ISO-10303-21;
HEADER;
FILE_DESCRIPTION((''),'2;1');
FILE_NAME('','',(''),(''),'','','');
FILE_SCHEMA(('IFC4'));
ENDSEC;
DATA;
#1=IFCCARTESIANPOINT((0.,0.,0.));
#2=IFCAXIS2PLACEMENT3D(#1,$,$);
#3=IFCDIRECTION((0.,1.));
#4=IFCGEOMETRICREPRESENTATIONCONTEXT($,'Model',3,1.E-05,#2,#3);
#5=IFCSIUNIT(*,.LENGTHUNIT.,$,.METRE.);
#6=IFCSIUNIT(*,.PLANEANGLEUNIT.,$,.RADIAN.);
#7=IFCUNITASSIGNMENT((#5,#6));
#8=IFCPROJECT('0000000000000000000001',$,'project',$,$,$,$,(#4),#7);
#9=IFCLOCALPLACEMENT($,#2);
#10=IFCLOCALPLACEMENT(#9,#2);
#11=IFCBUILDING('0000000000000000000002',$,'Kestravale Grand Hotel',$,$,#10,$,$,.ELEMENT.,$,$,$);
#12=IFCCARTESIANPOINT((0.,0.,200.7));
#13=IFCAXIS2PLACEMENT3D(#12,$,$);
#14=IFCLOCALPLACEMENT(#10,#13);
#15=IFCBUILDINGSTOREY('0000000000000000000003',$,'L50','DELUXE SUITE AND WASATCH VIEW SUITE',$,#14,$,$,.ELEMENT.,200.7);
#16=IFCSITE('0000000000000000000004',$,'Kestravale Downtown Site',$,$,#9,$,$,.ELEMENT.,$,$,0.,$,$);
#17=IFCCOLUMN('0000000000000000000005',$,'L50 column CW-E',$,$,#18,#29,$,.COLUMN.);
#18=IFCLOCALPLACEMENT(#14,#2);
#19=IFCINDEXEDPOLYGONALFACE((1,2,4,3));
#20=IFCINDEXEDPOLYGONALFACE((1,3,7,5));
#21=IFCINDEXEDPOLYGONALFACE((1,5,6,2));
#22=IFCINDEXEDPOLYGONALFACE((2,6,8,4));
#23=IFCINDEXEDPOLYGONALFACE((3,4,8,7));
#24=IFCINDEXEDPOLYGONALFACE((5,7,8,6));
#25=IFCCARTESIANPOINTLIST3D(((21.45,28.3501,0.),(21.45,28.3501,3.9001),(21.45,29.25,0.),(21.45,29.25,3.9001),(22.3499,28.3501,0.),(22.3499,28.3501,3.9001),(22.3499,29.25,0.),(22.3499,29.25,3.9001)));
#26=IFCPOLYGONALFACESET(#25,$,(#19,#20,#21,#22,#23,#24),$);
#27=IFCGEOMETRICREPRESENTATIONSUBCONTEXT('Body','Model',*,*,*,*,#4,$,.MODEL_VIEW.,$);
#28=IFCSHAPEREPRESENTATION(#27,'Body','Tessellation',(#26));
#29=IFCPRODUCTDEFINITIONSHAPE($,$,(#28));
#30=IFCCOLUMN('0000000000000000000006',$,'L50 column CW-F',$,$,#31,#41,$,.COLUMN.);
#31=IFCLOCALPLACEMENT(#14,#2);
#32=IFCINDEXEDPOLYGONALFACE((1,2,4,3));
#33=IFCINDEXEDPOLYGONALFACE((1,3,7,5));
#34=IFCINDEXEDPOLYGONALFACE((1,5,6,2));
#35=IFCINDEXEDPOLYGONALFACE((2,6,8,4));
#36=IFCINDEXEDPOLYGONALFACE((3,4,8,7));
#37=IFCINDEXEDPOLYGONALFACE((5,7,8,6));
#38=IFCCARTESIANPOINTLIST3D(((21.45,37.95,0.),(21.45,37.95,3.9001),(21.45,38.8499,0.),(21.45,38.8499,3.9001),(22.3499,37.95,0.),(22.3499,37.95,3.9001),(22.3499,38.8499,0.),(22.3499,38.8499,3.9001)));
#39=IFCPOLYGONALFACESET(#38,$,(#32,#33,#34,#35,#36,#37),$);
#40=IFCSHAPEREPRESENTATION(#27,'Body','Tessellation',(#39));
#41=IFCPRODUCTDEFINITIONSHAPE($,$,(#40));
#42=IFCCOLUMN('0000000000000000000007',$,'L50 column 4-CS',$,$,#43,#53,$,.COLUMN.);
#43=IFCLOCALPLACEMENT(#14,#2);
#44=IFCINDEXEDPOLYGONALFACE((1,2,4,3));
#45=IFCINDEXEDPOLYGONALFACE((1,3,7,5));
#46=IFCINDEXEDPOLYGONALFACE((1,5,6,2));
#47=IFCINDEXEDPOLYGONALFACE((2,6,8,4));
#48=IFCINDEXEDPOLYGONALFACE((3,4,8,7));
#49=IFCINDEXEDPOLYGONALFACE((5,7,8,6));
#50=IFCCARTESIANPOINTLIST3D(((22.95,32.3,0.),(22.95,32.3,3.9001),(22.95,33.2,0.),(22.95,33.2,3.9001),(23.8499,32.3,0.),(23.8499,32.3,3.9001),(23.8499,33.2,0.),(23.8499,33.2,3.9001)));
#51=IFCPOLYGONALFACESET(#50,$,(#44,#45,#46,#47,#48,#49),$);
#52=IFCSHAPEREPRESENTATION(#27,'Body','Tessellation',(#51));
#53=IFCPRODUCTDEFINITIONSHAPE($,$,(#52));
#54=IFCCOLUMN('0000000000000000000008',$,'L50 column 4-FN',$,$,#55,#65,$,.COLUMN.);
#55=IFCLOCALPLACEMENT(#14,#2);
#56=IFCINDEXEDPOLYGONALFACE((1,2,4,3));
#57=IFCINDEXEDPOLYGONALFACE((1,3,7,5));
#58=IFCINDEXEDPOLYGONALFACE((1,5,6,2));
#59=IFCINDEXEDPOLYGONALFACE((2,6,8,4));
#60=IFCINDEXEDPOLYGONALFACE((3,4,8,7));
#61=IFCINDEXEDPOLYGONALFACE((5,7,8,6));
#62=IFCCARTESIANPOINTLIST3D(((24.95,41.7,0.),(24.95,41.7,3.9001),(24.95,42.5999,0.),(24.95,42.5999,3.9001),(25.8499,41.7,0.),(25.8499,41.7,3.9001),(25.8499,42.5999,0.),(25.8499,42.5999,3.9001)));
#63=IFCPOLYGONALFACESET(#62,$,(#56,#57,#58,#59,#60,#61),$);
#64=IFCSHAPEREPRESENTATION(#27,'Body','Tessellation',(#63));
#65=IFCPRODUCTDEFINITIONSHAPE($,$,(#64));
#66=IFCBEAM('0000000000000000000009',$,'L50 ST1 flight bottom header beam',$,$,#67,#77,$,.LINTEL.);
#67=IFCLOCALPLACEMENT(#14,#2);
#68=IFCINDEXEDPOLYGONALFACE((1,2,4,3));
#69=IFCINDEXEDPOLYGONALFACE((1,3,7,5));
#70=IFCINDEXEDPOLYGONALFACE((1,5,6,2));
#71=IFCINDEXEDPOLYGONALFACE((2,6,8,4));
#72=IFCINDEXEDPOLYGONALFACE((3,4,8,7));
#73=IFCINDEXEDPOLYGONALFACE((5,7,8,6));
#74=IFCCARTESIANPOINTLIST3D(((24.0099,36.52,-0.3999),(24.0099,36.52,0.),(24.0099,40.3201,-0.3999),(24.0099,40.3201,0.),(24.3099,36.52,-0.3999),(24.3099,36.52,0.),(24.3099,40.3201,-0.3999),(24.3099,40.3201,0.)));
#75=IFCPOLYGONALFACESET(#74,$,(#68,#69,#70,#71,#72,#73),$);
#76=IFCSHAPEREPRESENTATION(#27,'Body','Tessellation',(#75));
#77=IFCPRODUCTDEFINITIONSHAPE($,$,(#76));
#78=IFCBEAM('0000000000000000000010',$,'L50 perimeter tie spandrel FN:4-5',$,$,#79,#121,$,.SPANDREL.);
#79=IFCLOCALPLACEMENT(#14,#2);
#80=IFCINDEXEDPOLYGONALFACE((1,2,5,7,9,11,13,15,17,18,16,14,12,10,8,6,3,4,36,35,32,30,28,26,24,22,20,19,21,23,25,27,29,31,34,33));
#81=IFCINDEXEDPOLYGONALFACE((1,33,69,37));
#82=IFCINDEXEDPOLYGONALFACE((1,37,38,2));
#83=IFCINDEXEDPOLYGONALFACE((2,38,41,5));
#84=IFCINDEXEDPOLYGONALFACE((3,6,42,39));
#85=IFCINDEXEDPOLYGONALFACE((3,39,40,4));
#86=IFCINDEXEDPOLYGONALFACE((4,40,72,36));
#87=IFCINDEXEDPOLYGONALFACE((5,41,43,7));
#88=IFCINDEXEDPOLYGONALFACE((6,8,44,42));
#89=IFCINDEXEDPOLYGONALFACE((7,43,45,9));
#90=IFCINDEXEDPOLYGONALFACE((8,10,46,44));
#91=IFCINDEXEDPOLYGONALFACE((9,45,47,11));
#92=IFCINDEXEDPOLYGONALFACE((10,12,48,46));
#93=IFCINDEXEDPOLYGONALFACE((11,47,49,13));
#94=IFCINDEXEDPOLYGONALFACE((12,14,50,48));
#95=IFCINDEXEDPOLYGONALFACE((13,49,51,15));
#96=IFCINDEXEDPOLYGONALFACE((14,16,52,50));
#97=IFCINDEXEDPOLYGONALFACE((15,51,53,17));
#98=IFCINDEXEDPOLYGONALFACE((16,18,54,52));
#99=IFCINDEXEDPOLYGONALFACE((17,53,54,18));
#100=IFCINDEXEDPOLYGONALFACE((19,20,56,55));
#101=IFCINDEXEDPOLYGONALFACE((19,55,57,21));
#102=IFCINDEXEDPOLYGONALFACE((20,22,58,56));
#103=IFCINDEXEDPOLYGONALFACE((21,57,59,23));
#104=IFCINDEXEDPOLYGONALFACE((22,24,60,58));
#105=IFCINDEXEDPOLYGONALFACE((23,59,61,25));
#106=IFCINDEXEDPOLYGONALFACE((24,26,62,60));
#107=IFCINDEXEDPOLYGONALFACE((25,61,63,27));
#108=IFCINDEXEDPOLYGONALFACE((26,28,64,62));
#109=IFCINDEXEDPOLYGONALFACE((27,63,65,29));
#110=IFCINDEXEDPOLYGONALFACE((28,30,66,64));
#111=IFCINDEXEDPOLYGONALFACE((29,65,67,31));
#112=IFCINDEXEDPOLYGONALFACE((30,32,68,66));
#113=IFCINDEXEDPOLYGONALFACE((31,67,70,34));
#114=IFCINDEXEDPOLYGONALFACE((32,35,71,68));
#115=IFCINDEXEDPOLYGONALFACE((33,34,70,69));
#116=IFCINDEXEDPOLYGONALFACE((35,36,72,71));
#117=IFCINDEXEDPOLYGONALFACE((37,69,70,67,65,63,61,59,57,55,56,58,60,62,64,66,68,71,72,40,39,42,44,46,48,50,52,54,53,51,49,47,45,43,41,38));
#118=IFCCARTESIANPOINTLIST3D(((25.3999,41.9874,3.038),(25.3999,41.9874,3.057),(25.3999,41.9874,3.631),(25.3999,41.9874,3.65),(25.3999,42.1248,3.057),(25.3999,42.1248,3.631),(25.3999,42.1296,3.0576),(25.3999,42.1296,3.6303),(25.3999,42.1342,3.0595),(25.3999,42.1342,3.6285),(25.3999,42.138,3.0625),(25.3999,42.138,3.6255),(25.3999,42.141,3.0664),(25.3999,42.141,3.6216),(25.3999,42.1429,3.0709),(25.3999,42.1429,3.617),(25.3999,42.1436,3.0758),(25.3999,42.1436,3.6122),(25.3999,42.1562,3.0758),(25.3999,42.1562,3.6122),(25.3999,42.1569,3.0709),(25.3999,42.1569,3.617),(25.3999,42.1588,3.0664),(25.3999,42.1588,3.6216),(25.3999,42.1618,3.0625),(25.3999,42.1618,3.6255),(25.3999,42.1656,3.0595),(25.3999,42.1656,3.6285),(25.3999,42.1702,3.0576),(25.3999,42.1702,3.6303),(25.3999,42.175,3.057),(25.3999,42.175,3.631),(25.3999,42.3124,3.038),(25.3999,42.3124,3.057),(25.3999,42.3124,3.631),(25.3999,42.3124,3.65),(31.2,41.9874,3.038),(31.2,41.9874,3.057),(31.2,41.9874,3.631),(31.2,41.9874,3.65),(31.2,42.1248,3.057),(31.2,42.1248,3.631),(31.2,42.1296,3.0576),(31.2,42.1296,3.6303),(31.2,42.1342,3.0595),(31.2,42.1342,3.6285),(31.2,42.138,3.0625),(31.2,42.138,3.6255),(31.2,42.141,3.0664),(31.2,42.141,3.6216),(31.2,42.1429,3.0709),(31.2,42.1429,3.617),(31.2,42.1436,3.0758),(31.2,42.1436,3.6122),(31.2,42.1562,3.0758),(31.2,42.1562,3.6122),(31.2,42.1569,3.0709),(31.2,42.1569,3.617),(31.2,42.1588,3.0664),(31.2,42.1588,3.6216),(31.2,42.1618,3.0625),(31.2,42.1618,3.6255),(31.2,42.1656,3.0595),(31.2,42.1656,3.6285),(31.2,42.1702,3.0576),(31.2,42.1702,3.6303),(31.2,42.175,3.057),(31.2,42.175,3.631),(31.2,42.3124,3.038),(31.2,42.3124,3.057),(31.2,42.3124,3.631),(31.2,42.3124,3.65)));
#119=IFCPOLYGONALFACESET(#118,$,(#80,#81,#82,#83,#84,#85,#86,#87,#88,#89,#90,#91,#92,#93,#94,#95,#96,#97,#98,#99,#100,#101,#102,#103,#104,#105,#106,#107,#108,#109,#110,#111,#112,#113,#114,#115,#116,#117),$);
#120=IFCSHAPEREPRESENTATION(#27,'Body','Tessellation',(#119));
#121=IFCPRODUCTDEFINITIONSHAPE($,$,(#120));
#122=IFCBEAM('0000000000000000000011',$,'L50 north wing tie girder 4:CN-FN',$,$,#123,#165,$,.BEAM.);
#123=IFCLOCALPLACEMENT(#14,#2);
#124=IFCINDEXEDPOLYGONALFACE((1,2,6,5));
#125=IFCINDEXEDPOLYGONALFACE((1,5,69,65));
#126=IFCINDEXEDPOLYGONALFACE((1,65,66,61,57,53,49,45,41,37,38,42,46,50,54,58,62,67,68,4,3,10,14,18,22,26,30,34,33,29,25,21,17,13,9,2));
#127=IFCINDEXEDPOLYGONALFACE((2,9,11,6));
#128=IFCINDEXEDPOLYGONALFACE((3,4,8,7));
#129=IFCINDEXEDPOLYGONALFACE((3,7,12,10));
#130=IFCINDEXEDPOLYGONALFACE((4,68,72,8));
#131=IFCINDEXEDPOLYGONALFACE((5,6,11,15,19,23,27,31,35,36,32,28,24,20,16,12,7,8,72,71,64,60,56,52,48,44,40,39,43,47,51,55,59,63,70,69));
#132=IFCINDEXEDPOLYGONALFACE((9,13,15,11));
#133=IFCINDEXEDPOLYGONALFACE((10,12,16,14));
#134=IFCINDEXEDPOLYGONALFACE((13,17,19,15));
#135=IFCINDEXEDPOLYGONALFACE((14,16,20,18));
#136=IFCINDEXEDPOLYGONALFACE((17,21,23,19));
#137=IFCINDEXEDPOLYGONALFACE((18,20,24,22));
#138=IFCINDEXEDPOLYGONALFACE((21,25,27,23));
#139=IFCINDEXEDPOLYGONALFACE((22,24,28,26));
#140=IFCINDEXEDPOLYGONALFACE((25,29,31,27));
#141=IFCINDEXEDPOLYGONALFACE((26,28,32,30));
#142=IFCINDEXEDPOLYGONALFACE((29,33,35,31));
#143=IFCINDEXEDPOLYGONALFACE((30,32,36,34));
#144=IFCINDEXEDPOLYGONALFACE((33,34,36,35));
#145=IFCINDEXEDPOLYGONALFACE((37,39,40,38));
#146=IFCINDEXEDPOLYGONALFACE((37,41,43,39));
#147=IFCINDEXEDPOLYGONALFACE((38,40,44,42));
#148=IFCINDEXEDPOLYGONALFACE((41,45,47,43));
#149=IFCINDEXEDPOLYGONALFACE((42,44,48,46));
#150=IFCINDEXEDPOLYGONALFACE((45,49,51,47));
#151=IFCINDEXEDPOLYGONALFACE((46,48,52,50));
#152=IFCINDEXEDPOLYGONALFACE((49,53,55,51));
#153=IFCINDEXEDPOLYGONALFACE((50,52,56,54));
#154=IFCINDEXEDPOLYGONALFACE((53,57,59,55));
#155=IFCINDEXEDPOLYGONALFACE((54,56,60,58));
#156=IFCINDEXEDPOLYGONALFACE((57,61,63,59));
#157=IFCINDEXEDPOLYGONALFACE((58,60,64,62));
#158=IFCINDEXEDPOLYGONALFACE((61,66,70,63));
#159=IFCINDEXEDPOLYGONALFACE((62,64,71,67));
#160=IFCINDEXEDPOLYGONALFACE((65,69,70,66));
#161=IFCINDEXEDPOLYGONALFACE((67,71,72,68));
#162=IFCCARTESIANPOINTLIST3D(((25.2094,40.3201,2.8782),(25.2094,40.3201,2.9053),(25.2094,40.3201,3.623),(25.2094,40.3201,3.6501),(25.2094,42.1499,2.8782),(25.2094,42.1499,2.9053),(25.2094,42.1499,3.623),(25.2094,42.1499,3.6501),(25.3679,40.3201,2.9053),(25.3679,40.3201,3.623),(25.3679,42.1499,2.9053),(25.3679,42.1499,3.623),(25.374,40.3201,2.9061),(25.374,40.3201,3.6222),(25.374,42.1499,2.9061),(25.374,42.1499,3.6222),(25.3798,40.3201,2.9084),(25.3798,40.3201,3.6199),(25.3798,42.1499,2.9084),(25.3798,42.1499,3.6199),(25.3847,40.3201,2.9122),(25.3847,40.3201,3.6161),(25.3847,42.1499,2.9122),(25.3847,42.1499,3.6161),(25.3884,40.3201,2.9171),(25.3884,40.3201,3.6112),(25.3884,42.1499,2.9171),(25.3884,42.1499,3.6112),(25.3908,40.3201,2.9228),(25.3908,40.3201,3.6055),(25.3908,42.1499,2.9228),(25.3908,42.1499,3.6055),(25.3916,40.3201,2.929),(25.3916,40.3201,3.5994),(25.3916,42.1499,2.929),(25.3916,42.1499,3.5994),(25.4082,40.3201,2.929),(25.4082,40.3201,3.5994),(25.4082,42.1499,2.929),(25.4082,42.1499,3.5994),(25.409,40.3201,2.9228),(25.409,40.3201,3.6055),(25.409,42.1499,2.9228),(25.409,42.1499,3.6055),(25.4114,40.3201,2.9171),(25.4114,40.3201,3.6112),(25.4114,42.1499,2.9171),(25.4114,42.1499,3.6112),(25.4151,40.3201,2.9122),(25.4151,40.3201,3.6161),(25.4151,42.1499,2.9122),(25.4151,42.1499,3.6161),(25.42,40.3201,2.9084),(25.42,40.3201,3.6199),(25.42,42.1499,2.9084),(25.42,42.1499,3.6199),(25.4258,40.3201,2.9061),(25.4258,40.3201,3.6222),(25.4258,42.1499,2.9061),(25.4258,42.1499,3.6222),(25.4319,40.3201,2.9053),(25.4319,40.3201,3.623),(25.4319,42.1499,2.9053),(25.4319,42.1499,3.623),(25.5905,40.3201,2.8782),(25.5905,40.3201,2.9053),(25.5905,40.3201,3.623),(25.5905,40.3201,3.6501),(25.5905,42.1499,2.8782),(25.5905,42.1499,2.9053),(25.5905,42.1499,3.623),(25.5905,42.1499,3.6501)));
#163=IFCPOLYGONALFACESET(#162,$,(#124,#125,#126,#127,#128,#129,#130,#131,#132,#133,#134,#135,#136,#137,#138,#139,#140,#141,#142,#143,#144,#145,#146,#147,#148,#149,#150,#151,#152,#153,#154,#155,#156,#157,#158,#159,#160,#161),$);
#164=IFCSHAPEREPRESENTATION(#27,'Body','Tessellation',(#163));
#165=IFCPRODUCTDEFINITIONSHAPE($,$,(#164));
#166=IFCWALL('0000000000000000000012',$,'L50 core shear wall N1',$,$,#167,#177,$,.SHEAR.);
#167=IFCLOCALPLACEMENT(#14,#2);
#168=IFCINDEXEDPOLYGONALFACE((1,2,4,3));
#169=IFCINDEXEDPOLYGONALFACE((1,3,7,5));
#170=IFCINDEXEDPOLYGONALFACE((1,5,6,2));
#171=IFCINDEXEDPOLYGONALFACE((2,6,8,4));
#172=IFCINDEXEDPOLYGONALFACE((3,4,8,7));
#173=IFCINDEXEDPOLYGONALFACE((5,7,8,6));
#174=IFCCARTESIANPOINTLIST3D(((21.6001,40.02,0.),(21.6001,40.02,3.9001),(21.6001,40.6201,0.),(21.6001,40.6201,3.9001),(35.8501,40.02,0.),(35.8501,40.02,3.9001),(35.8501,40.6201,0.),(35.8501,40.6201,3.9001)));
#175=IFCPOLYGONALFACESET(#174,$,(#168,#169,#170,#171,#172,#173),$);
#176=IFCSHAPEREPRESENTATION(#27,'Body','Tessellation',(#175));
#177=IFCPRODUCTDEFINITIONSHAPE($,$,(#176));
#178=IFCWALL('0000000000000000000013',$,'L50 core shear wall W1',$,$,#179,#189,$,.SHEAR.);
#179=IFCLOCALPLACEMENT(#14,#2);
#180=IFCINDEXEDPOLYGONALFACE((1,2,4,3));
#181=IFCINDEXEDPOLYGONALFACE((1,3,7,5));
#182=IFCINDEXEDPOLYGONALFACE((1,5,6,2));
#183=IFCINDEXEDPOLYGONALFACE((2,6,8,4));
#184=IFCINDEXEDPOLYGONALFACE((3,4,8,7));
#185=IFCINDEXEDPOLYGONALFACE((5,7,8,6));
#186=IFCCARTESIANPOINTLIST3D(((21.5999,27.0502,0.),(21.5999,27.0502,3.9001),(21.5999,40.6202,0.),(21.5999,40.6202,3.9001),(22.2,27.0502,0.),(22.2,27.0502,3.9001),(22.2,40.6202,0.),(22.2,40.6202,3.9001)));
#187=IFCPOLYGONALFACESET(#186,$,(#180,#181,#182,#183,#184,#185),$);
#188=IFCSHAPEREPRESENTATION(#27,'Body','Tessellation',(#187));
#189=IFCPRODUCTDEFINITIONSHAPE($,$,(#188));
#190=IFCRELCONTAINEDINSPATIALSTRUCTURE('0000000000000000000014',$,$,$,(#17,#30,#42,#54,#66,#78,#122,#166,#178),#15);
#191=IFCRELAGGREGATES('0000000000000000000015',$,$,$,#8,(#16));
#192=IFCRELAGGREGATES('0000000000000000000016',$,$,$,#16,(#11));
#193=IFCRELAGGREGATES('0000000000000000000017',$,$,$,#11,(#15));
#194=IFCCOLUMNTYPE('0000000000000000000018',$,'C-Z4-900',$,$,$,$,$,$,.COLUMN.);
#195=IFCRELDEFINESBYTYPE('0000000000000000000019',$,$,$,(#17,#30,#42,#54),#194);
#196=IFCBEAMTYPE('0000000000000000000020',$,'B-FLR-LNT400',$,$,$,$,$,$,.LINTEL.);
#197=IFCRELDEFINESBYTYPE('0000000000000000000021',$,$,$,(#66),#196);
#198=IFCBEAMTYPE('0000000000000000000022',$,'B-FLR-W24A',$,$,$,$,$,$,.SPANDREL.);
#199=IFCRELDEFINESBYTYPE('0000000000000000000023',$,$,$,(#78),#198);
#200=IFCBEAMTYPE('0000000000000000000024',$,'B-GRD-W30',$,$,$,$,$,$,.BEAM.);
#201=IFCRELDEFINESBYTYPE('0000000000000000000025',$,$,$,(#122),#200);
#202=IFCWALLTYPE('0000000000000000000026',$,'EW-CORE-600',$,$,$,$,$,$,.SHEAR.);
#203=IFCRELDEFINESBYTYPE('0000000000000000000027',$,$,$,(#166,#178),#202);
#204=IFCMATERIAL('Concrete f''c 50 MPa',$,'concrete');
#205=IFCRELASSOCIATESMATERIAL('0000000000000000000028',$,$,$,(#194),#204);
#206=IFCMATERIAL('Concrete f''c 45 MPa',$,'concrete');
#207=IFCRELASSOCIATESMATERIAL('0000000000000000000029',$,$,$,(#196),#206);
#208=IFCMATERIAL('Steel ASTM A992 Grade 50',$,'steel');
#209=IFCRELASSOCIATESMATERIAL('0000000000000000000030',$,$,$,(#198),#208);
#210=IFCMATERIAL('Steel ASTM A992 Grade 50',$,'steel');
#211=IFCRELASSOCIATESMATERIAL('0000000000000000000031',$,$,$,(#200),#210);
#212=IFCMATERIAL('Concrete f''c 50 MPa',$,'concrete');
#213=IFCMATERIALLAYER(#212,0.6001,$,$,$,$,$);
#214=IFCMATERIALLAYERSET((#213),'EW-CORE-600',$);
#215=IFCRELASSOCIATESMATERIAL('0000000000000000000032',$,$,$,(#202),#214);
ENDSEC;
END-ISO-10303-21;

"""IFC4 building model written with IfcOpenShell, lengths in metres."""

from ifc_helpers import new_model, si_unit, direction, frame, frame_2d, origin, origin_2d, place, context, subcontext, project, spatial, rectangle, i_section, extrude, material, layer, layer_set, material_profile, profile_set, type_object, element, save


model = new_model("IFC4")

# Units and contexts
model_context = context("Model", 3, precision=1e-05, world=origin(), true_north=direction((0.0, 1.0)))
body_context = subcontext(model_context, "Body", "Model", "MODEL_VIEW")
ifc_project = project(units=[si_unit("LENGTHUNIT", "METRE"), si_unit("PLANEANGLEUNIT", "RADIAN")], contexts=[model_context])

# Site, building, storey
site_placement = place(None, origin())
site = spatial("IfcSite", under=ifc_project, at=site_placement, Name="Kestravale Downtown Site", CompositionType="ELEMENT", RefElevation=0.0)
building_placement = place(site_placement, origin())
building = spatial("IfcBuilding", under=site, at=building_placement, Name="Kestravale Grand Hotel", CompositionType="ELEMENT")
storey_placement = place(building_placement, frame((0.0, 0.0, 200.7)))
storey = spatial("IfcBuildingStorey", under=building, at=storey_placement, Name="L50", Description="DELUXE SUITE AND WASATCH VIEW SUITE", CompositionType="ELEMENT", Elevation=200.7)

# Columns
ifc_material_1 = material(Name="Concrete f'c 50 MPa", Category="concrete")
ifc_material_profile_1 = material_profile(ifc_material_1, rectangle(XDim=0.8999, YDim=0.8999, at=origin_2d()))
ifc_profile_set_1 = profile_set([ifc_material_profile_1], Name="Concrete f'c 50 MPa")
column_type = type_object("IfcColumnType", Name="C-Z4-900", PredefinedType="COLUMN", material=ifc_profile_set_1)
for number, where, z_axis, x_axis, name in (
    (1, (21.8999, 28.8, 0.0), (0.0, 0.0, 1.0), (1.0, 0.0, 0.0), "L50 column CW-E"),
    (2, (21.8999, 38.3999, 0.0), (0.0, 0.0, 1.0), (1.0, 0.0, 0.0), "L50 column CW-F"),
    (3, (23.3999, 32.75, 0.0), (0.0, 0.0, 1.0), (1.0, 0.0, 0.0), "L50 column 4-CS"),
    (4, (25.3999, 42.1499, 0.0), (0.0, 0.0, 1.0), (1.0, 0.0, 0.0), "L50 column 4-FN"),
):
    element("IfcColumn", number, at=place(storey_placement, frame(where, z_axis=z_axis, x_axis=x_axis)), inside=storey, type_object=column_type, Name=name, PredefinedType="COLUMN", context=body_context, shape_type="SweptSolid", body=[
        extrude(rectangle(XDim=0.8999, YDim=0.8999, at=origin_2d()), origin(), (0.0, 0.0, 1.0), 3.9001),
    ])

# Beams
ifc_material_2 = material(Name="Concrete f'c 45 MPa", Category="concrete")
ifc_material_profile_2 = material_profile(ifc_material_2, rectangle(XDim=0.3, YDim=0.3999, at=origin_2d()))
ifc_profile_set_2 = profile_set([ifc_material_profile_2], Name="Concrete f'c 45 MPa")
beam_type_1 = type_object("IfcBeamType", Name="B-FLR-LNT400", PredefinedType="LINTEL", material=ifc_profile_set_2)
beam_1_placement = place(storey_placement, frame((24.1599, 36.52, -0.2), z_axis=(0.0, 1.0, 0.0), x_axis=(-1.0, 0.0, 0.0)))
element("IfcBeam", 5, at=beam_1_placement, inside=storey, type_object=beam_type_1, Name="L50 ST1 flight bottom header beam", PredefinedType="LINTEL", context=body_context, shape_type="SweptSolid", body=[
    extrude(rectangle(XDim=0.3, YDim=0.3999, at=origin_2d()), origin(), (0.0, 0.0, 1.0), 3.8),
])
ifc_material_3 = material(Name="Steel ASTM A992 Grade 50", Category="steel")
ifc_material_profile_3 = material_profile(ifc_material_3, i_section(OverallWidth=0.325, OverallDepth=0.6121, WebThickness=0.0127, FlangeThickness=0.019, FilletRadius=0.0188, at=origin_2d()))
ifc_profile_set_3 = profile_set([ifc_material_profile_3], Name="Steel ASTM A992 Grade 50")
beam_type_2 = type_object("IfcBeamType", Name="B-FLR-W24A", PredefinedType="SPANDREL", material=ifc_profile_set_3)
beam_2_placement = place(storey_placement, frame((25.3999, 42.1499, 3.344), z_axis=(1.0, 0.0, 0.0), x_axis=(0.0, 1.0, 0.0)))
element("IfcBeam", 6, at=beam_2_placement, inside=storey, type_object=beam_type_2, Name="L50 perimeter tie spandrel FN:4-5", PredefinedType="SPANDREL", context=body_context, shape_type="SweptSolid", body=[
    extrude(i_section(OverallWidth=0.325, OverallDepth=0.6121, WebThickness=0.0127, FlangeThickness=0.019, FilletRadius=0.0188, at=origin_2d()), origin(), (0.0, 0.0, 1.0), 5.8),
])
ifc_material_4 = material(Name="Steel ASTM A992 Grade 50", Category="steel")
ifc_material_profile_4 = material_profile(ifc_material_4, i_section(OverallWidth=0.3811, OverallDepth=0.772, WebThickness=0.0166, FlangeThickness=0.0271, FilletRadius=0.0237, at=origin_2d()))
ifc_profile_set_4 = profile_set([ifc_material_profile_4], Name="Steel ASTM A992 Grade 50")
beam_type_3 = type_object("IfcBeamType", Name="B-GRD-W30", PredefinedType="BEAM", material=ifc_profile_set_4)
beam_3_placement = place(storey_placement, frame((25.3999, 40.3201, 3.2642), z_axis=(0.0, 1.0, 0.0), x_axis=(-1.0, 0.0, 0.0)))
element("IfcBeam", 7, at=beam_3_placement, inside=storey, type_object=beam_type_3, Name="L50 north wing tie girder 4:CN-FN", PredefinedType="BEAM", context=body_context, shape_type="SweptSolid", body=[
    extrude(i_section(OverallWidth=0.3811, OverallDepth=0.772, WebThickness=0.0166, FlangeThickness=0.0271, FilletRadius=0.0237, at=origin_2d()), origin(), (0.0, 0.0, 1.0), 1.8298),
])

# Walls
ifc_material_5 = material(Name="Concrete f'c 50 MPa", Category="concrete")
ifc_layer_1 = layer(ifc_material_5, 0.6001)
ifc_layer_set_1 = layer_set([ifc_layer_1], Name="EW-CORE-600")
wall_type_1 = type_object("IfcWallType", Name="EW-CORE-600", PredefinedType="SHEAR", material=ifc_layer_set_1)
wall_1_placement = place(storey_placement, frame((21.6001, 40.3201, 0.0), z_axis=(0.0, 0.0, 1.0), x_axis=(1.0, 0.0, 0.0)))
element("IfcWall", 8, at=wall_1_placement, inside=storey, type_object=wall_type_1, Name="L50 core shear wall N1", PredefinedType="SHEAR", context=body_context, shape_type="SweptSolid", body=[
    extrude(rectangle(XDim=14.25, YDim=0.6001, at=frame_2d((7.125, 0.0))), origin(), (0.0, 0.0, 1.0), 3.9001),
])
wall_2_placement = place(storey_placement, frame((21.8999, 27.05, 0.0), z_axis=(0.0, 0.0, 1.0), x_axis=(0.0, 1.0, 0.0)))
element("IfcWall", 9, at=wall_2_placement, inside=storey, type_object=wall_type_1, Name="L50 core shear wall W1", PredefinedType="SHEAR", context=body_context, shape_type="SweptSolid", body=[
    extrude(rectangle(XDim=13.5701, YDim=0.6001, at=frame_2d((6.7852, 0.0))), origin(), (0.0, 0.0, 1.0), 3.9001),
])

save(model, "model.ifc")
